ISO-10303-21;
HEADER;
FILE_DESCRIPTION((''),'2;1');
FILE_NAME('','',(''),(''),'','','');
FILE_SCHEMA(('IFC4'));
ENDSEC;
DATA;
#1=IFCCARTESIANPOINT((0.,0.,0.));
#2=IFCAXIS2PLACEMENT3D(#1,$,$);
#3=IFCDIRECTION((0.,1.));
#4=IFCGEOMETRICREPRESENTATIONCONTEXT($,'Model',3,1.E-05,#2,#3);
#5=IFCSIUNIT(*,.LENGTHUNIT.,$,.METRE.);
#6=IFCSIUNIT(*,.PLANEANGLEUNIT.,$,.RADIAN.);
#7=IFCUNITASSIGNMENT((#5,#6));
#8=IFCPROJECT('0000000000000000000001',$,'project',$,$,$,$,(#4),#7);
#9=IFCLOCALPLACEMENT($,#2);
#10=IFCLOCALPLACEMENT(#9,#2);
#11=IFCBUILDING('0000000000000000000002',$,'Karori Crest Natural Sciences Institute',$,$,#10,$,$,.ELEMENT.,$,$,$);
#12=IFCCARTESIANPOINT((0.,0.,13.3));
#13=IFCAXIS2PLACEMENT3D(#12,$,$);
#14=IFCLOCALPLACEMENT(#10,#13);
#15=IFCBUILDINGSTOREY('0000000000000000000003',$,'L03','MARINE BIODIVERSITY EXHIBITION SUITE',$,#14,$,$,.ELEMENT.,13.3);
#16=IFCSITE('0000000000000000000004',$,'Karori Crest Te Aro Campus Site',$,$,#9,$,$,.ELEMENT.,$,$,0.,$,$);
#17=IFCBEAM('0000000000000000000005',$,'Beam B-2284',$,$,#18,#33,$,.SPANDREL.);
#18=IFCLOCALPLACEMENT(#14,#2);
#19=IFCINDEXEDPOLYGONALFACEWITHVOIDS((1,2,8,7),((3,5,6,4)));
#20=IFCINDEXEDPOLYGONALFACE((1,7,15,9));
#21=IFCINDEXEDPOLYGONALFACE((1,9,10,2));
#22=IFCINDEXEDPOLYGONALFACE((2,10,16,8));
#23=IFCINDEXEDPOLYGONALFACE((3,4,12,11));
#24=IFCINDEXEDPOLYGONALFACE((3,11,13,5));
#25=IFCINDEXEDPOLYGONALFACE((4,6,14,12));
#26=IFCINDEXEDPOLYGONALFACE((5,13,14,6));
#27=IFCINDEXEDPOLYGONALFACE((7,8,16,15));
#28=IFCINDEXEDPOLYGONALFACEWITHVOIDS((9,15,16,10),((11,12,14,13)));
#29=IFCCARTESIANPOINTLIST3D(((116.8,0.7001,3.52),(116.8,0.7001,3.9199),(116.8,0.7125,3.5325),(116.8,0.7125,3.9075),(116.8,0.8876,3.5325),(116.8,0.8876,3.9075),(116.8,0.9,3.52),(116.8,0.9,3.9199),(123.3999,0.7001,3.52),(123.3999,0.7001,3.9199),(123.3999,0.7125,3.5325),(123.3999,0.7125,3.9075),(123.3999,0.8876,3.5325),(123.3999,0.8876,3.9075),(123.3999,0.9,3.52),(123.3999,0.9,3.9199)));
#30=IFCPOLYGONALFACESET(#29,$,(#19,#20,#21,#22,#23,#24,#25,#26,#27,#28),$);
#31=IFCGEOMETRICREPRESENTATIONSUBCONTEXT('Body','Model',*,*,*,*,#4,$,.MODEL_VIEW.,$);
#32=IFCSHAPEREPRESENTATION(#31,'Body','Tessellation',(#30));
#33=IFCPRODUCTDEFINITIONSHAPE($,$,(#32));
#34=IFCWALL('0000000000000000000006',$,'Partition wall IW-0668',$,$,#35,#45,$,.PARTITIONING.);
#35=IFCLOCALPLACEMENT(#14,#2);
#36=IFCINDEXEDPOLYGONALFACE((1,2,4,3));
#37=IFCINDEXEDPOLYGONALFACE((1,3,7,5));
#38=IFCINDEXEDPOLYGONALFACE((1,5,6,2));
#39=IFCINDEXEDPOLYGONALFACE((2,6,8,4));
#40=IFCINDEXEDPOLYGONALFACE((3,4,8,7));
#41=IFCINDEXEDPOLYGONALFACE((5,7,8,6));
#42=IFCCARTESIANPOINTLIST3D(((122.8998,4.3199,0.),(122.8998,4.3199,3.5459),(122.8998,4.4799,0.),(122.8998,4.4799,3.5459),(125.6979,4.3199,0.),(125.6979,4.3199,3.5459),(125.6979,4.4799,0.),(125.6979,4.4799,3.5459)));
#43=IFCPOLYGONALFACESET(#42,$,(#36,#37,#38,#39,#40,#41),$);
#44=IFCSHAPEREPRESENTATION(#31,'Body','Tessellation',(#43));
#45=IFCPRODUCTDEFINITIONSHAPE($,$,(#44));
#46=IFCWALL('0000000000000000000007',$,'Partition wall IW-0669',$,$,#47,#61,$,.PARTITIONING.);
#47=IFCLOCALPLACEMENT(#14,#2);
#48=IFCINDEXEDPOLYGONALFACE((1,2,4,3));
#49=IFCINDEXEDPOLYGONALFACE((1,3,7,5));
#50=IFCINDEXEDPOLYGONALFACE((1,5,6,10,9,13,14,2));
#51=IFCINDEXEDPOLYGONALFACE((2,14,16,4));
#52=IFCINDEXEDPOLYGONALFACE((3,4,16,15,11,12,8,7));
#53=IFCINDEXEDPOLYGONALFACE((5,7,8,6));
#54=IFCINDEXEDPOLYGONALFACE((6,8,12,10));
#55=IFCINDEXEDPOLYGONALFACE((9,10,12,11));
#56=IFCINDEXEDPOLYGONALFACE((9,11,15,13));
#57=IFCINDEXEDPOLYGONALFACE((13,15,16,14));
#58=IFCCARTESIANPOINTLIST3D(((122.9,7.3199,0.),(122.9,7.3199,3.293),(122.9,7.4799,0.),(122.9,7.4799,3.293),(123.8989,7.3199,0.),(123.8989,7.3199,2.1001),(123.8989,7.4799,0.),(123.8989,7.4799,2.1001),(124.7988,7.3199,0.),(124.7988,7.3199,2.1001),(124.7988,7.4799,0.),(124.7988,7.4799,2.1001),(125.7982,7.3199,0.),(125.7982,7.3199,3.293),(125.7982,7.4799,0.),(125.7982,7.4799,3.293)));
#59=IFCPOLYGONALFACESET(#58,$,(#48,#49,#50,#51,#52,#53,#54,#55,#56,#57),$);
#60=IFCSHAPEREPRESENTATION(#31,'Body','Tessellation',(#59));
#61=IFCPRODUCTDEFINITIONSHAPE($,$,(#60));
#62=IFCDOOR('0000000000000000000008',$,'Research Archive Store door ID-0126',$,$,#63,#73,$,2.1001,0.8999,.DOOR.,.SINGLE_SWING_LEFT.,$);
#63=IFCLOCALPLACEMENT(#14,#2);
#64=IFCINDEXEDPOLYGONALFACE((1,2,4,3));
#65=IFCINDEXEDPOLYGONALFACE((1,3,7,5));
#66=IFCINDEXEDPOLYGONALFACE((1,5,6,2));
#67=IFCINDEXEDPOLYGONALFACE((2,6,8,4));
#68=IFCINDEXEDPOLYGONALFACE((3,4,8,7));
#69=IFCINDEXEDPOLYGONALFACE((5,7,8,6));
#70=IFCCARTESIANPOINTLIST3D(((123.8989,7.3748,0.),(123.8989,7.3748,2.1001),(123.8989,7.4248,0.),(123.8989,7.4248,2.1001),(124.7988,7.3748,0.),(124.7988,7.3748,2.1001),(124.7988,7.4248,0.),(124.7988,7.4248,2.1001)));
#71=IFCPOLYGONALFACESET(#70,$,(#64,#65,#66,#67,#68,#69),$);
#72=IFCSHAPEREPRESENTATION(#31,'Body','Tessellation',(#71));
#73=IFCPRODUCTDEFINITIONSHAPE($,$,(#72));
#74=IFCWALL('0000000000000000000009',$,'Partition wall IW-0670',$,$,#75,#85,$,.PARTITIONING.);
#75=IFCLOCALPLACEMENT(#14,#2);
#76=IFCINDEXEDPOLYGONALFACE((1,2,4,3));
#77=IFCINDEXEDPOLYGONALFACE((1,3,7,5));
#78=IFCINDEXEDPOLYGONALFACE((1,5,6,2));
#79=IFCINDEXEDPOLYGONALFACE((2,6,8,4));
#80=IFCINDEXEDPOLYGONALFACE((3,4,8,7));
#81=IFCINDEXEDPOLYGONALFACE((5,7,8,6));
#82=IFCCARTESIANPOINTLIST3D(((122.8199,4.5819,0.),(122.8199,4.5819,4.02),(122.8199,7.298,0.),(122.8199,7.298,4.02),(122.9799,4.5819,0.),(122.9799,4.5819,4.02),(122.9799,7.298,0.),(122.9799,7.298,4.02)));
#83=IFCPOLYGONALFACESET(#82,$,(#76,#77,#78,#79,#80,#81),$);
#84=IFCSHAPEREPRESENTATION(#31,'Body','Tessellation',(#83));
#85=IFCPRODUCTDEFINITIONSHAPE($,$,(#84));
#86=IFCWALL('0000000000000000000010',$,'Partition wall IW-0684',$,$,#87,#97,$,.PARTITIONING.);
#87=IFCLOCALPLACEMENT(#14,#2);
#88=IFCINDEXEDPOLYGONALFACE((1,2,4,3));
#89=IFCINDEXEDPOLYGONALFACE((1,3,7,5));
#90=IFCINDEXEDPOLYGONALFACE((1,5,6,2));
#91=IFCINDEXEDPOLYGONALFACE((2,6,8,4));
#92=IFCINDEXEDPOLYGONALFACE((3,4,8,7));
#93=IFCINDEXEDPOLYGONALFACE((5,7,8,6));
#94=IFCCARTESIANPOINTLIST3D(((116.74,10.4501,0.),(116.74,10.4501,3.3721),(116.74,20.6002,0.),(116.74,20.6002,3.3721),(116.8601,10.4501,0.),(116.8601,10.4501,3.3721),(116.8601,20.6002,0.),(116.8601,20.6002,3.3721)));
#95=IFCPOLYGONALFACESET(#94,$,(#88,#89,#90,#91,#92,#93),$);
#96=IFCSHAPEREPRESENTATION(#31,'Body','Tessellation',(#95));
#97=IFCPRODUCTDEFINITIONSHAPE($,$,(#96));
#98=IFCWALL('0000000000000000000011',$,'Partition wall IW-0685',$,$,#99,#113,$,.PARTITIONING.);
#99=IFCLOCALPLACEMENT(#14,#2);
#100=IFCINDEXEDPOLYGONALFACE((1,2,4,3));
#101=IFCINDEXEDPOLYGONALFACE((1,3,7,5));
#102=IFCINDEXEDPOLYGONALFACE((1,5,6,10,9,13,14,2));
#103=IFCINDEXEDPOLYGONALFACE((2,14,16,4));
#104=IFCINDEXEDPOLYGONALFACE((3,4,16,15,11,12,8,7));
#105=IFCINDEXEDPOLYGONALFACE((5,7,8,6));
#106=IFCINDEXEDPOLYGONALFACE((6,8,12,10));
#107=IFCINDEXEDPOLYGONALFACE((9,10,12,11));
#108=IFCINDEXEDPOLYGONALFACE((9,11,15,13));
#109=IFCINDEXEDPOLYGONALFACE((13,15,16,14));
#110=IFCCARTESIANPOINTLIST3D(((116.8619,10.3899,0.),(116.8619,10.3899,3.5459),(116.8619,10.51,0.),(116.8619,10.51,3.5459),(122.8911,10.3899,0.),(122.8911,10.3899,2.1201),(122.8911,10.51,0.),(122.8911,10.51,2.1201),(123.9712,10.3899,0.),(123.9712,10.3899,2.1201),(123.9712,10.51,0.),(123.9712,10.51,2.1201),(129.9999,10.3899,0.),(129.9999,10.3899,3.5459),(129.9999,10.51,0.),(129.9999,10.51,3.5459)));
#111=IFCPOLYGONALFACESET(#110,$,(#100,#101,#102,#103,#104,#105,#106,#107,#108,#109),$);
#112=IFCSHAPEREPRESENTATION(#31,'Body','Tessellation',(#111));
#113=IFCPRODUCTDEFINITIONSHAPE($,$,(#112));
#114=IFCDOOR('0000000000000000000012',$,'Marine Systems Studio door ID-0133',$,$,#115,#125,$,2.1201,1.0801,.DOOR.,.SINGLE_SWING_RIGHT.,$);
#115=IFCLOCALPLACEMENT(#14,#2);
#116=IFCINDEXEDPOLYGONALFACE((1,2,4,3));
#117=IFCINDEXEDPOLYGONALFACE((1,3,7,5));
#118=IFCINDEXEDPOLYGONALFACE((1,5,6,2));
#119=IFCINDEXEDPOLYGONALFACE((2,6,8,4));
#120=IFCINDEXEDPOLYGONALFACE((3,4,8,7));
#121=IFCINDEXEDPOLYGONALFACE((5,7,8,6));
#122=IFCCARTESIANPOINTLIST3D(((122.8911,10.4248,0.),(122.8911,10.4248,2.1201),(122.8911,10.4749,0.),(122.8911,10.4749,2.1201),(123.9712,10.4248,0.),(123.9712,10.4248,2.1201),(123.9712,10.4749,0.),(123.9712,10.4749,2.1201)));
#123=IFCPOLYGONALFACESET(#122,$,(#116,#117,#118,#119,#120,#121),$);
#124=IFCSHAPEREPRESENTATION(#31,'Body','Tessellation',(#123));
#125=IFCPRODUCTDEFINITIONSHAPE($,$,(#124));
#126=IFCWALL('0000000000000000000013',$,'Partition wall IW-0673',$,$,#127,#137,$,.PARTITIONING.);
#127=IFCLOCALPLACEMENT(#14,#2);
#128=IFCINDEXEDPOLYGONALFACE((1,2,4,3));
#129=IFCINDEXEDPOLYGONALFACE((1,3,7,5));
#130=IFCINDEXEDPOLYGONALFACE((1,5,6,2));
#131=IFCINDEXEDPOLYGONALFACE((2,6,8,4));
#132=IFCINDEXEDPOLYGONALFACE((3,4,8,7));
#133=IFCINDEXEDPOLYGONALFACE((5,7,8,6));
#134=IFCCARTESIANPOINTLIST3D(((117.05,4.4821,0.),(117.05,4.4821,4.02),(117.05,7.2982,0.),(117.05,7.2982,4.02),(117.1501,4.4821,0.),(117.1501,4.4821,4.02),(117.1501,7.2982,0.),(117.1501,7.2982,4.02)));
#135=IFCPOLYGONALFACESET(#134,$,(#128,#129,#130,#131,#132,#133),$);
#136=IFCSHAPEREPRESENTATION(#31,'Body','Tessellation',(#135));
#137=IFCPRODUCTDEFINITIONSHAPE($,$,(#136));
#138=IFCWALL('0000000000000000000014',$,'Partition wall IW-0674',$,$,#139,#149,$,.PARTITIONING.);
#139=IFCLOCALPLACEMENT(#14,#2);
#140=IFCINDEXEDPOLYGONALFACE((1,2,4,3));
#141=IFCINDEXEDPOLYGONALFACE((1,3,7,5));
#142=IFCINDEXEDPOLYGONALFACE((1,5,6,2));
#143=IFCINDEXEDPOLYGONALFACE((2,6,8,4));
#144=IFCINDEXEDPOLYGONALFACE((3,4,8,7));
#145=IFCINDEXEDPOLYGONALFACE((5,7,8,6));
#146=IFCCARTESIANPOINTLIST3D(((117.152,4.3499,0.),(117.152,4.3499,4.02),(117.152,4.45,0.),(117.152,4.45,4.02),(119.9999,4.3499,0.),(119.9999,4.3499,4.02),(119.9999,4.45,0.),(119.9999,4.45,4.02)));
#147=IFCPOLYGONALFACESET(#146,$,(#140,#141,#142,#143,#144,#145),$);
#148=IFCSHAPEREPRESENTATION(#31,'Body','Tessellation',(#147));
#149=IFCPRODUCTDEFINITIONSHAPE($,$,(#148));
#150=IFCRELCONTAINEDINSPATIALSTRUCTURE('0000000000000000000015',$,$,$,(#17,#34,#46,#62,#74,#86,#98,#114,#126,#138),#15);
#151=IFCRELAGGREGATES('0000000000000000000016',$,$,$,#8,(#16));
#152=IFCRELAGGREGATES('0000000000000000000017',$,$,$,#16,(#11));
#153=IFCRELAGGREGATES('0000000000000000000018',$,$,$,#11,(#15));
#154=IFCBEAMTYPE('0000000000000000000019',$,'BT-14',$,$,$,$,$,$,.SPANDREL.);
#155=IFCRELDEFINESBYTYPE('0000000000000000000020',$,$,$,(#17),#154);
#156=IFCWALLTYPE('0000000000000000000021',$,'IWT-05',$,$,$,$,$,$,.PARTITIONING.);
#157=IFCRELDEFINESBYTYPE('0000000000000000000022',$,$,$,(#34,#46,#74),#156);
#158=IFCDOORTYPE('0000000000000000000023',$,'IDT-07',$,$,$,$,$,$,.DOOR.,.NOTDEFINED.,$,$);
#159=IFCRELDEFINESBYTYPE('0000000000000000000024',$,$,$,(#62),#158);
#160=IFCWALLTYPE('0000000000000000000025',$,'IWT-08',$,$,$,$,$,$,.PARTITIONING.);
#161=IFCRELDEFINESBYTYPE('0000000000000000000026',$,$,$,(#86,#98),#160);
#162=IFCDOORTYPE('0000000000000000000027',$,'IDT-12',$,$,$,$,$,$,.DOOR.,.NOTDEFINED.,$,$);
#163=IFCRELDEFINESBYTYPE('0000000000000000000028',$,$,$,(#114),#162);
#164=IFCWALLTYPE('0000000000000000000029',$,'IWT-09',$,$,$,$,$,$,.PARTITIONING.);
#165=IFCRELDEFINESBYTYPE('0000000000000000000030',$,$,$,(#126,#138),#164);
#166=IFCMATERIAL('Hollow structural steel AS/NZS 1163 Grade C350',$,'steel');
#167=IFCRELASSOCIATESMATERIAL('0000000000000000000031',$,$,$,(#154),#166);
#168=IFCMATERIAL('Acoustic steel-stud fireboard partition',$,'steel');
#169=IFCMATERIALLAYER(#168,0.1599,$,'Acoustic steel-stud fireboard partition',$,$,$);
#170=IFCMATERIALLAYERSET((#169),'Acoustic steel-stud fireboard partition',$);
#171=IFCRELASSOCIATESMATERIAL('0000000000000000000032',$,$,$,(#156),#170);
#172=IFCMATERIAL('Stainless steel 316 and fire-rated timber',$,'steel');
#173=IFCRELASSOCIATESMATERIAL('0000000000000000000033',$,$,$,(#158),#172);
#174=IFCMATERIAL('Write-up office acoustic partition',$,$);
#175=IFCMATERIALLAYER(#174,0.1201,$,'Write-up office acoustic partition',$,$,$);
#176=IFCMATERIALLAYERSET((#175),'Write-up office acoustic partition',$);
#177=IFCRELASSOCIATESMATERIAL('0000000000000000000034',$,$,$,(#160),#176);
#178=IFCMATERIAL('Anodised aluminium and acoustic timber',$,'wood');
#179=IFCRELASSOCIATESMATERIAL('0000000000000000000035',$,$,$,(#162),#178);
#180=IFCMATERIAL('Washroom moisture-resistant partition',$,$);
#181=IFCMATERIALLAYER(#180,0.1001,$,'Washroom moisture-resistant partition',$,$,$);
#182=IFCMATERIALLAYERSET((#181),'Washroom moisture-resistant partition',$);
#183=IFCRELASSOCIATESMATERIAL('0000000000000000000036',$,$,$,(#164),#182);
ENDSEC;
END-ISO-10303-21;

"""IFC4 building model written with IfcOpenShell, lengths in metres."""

from ifc_helpers import new_model, si_unit, direction, frame, frame_2d, origin, origin_2d, place, context, subcontext, project, spatial, rectangle, hollow_rectangle, extrude, material, layer, layer_set, material_profile, profile_set, type_object, element, fill, save


model = new_model("IFC4")

# Units and contexts
model_context = context("Model", 3, precision=1e-05, world=origin(), true_north=direction((0.0, 1.0)))
body_context = subcontext(model_context, "Body", "Model", "MODEL_VIEW")
ifc_project = project(units=[si_unit("LENGTHUNIT", "METRE"), si_unit("PLANEANGLEUNIT", "RADIAN")], contexts=[model_context])

# Site, building, storey
site_placement = place(None, origin())
site = spatial("IfcSite", under=ifc_project, at=site_placement, Name="Karori Crest Te Aro Campus Site", CompositionType="ELEMENT", RefElevation=0.0)
building_placement = place(site_placement, origin())
building = spatial("IfcBuilding", under=site, at=building_placement, Name="Karori Crest Natural Sciences Institute", CompositionType="ELEMENT")
storey_placement = place(building_placement, frame((0.0, 0.0, 13.3)))
storey = spatial("IfcBuildingStorey", under=building, at=storey_placement, Name="L03", Description="MARINE BIODIVERSITY EXHIBITION SUITE", CompositionType="ELEMENT", Elevation=13.3)

# Beam
ifc_material_1 = material(Name="Hollow structural steel AS/NZS 1163 Grade C350", Category="steel")
ifc_material_profile_1 = material_profile(ifc_material_1, hollow_rectangle(XDim=0.2, YDim=0.3999, WallThickness=0.0125, at=origin_2d()), Name="RHS400x200x12.5")
ifc_profile_set_1 = profile_set([ifc_material_profile_1], Name="Hollow structural steel AS/NZS 1163 Grade C350")
beam_type_1 = type_object("IfcBeamType", Name="BT-14", PredefinedType="SPANDREL", material=ifc_profile_set_1)
beam_1_placement = place(storey_placement, frame((116.8, 0.8, 3.72), z_axis=(1.0, 0.0, 0.0), x_axis=(0.0, 1.0, 0.0)))
element("IfcBeam", 1, at=beam_1_placement, inside=storey, type_object=beam_type_1, Name="Beam B-2284", PredefinedType="SPANDREL", context=body_context, shape_type="SweptSolid", body=[
    extrude(hollow_rectangle(XDim=0.2, YDim=0.3999, WallThickness=0.0125, at=origin_2d()), origin(), (0.0, 0.0, 1.0), 6.5999),
])

# Wall
ifc_material_2 = material(Name="Acoustic steel-stud fireboard partition", Category="steel")
ifc_layer_1 = layer(ifc_material_2, 0.1599, Name="Acoustic steel-stud fireboard partition")
ifc_layer_set_1 = layer_set([ifc_layer_1], Name="Acoustic steel-stud fireboard partition")
wall_type_1 = type_object("IfcWallType", Name="IWT-05", PredefinedType="PARTITIONING", material=ifc_layer_set_1)
wall_1_placement = place(storey_placement, frame((122.8999, 4.3999, 0.0), z_axis=(0.0, 0.0, 1.0), x_axis=(1.0, 0.0, 0.0)))
element("IfcWall", 2, at=wall_1_placement, inside=storey, type_object=wall_type_1, Name="Partition wall IW-0668", PredefinedType="PARTITIONING", context=body_context, shape_type="SweptSolid", body=[
    extrude(rectangle(XDim=2.7981, YDim=0.1599, at=frame_2d((1.3989, 0.0))), origin(), (0.0, 0.0, 1.0), 3.5459),
])

# Wall, opening, door
wall_2_placement = place(storey_placement, frame((122.8999, 7.3999, 0.0), z_axis=(0.0, 0.0, 1.0), x_axis=(1.0, 0.0, 0.0)))
wall_2 = element("IfcWall", 3, at=wall_2_placement, inside=storey, type_object=wall_type_1, Name="Partition wall IW-0669", PredefinedType="PARTITIONING", context=body_context, shape_type="SweptSolid", body=[
    extrude(rectangle(XDim=2.8982, YDim=0.1599, at=frame_2d((1.4492, 0.0))), origin(), (0.0, 0.0, 1.0), 3.293),
])
opening_1_placement = place(wall_2_placement, frame((0.999, 0.0, 0.0)))
opening_1 = element("IfcOpeningElement", 4, at=opening_1_placement, cuts=wall_2, PredefinedType="OPENING", context=body_context, shape_type="SweptSolid", body=[
    extrude(rectangle(XDim=0.8999, YDim=2.1001, at=frame_2d((0.45, 1.05))), frame((0.0, 0.0898, 0.0), z_axis=(0.0, -1.0, 0.0), x_axis=(1.0, 0.0, 0.0)), (0.0, 0.0, 1.0), 0.1799),
])
ifc_material_3 = material(Name="Stainless steel 316 and fire-rated timber", Category="steel")
door_type_1 = type_object("IfcDoorType", Name="IDT-07", OperationType="NOTDEFINED", PredefinedType="DOOR", material=ifc_material_3)
door_1_placement = place(opening_1_placement, origin())
door_1 = element("IfcDoor", 5, at=door_1_placement, inside=storey, type_object=door_type_1, Name="Research Archive Store door ID-0126", OperationType="SINGLE_SWING_LEFT", OverallHeight=2.1001, OverallWidth=0.8999, PredefinedType="DOOR", context=body_context, shape_type="SweptSolid", body=[
    extrude(rectangle(XDim=0.8999, YDim=2.1001, at=frame_2d((0.45, 1.05))), frame((0.0, 0.0249, 0.0), z_axis=(0.0, -1.0, 0.0), x_axis=(1.0, 0.0, 0.0)), (0.0, 0.0, 1.0), 0.05),
])
fill(opening_1, door_1)

# Walls
wall_3_placement = place(storey_placement, frame((122.8999, 4.582, 0.0), z_axis=(0.0, 0.0, 1.0), x_axis=(0.0, 1.0, 0.0)))
element("IfcWall", 6, at=wall_3_placement, inside=storey, type_object=wall_type_1, Name="Partition wall IW-0670", PredefinedType="PARTITIONING", context=body_context, shape_type="SweptSolid", body=[
    extrude(rectangle(XDim=2.7161, YDim=0.1599, at=frame_2d((1.3579, 0.0))), origin(), (0.0, 0.0, 1.0), 4.02),
])
ifc_material_4 = material(Name="Write-up office acoustic partition")
ifc_layer_2 = layer(ifc_material_4, 0.1201, Name="Write-up office acoustic partition")
ifc_layer_set_2 = layer_set([ifc_layer_2], Name="Write-up office acoustic partition")
wall_type_2 = type_object("IfcWallType", Name="IWT-08", PredefinedType="PARTITIONING", material=ifc_layer_set_2)
wall_4_placement = place(storey_placement, frame((116.8, 10.45, 0.0), z_axis=(0.0, 0.0, 1.0), x_axis=(0.0, 1.0, 0.0)))
element("IfcWall", 7, at=wall_4_placement, inside=storey, type_object=wall_type_2, Name="Partition wall IW-0684", PredefinedType="PARTITIONING", context=body_context, shape_type="SweptSolid", body=[
    extrude(rectangle(XDim=10.1501, YDim=0.1201, at=frame_2d((5.0752, 0.0))), origin(), (0.0, 0.0, 1.0), 3.3721),
])

# Wall, opening, door
wall_5_placement = place(storey_placement, frame((116.8621, 10.45, 0.0), z_axis=(0.0, 0.0, 1.0), x_axis=(1.0, 0.0, 0.0)))
wall_5 = element("IfcWall", 8, at=wall_5_placement, inside=storey, type_object=wall_type_2, Name="Partition wall IW-0685", PredefinedType="PARTITIONING", context=body_context, shape_type="SweptSolid", body=[
    extrude(rectangle(XDim=13.1379, YDim=0.1201, at=frame_2d((6.5688, 0.0))), origin(), (0.0, 0.0, 1.0), 3.5459),
])
opening_2_placement = place(wall_5_placement, frame((6.0291, 0.0, 0.0)))
opening_2 = element("IfcOpeningElement", 9, at=opening_2_placement, cuts=wall_5, PredefinedType="OPENING", context=body_context, shape_type="SweptSolid", body=[
    extrude(rectangle(XDim=1.0801, YDim=2.1201, at=frame_2d((0.54, 1.0601))), frame((0.0, 0.0701, 0.0), z_axis=(0.0, -1.0, 0.0), x_axis=(1.0, 0.0, 0.0)), (0.0, 0.0, 1.0), 0.1401),
])
ifc_material_5 = material(Name="Anodised aluminium and acoustic timber", Category="wood")
door_type_2 = type_object("IfcDoorType", Name="IDT-12", OperationType="NOTDEFINED", PredefinedType="DOOR", material=ifc_material_5)
door_2_placement = place(opening_2_placement, origin())
door_2 = element("IfcDoor", 10, at=door_2_placement, inside=storey, type_object=door_type_2, Name="Marine Systems Studio door ID-0133", OperationType="SINGLE_SWING_RIGHT", OverallHeight=2.1201, OverallWidth=1.0801, PredefinedType="DOOR", context=body_context, shape_type="SweptSolid", body=[
    extrude(rectangle(XDim=1.0801, YDim=2.1201, at=frame_2d((0.54, 1.0601))), frame((0.0, 0.0249, 0.0), z_axis=(0.0, -1.0, 0.0), x_axis=(1.0, 0.0, 0.0)), (0.0, 0.0, 1.0), 0.05),
])
fill(opening_2, door_2)

# Walls
ifc_material_6 = material(Name="Washroom moisture-resistant partition")
ifc_layer_3 = layer(ifc_material_6, 0.1001, Name="Washroom moisture-resistant partition")
ifc_layer_set_3 = layer_set([ifc_layer_3], Name="Washroom moisture-resistant partition")
wall_type_3 = type_object("IfcWallType", Name="IWT-09", PredefinedType="PARTITIONING", material=ifc_layer_set_3)
wall_6_placement = place(storey_placement, frame((117.1001, 4.4819, 0.0), z_axis=(0.0, 0.0, 1.0), x_axis=(0.0, 1.0, 0.0)))
element("IfcWall", 11, at=wall_6_placement, inside=storey, type_object=wall_type_3, Name="Partition wall IW-0673", PredefinedType="PARTITIONING", context=body_context, shape_type="SweptSolid", body=[
    extrude(rectangle(XDim=2.8162, YDim=0.1001, at=frame_2d((1.4082, 0.0))), origin(), (0.0, 0.0, 1.0), 4.02),
])
wall_7_placement = place(storey_placement, frame((117.1521, 4.3999, 0.0), z_axis=(0.0, 0.0, 1.0), x_axis=(1.0, 0.0, 0.0)))
element("IfcWall", 12, at=wall_7_placement, inside=storey, type_object=wall_type_3, Name="Partition wall IW-0674", PredefinedType="PARTITIONING", context=body_context, shape_type="SweptSolid", body=[
    extrude(rectangle(XDim=2.8479, YDim=0.1001, at=frame_2d((1.4238, 0.0))), origin(), (0.0, 0.0, 1.0), 4.02),
])

save(model, "model.ifc")
